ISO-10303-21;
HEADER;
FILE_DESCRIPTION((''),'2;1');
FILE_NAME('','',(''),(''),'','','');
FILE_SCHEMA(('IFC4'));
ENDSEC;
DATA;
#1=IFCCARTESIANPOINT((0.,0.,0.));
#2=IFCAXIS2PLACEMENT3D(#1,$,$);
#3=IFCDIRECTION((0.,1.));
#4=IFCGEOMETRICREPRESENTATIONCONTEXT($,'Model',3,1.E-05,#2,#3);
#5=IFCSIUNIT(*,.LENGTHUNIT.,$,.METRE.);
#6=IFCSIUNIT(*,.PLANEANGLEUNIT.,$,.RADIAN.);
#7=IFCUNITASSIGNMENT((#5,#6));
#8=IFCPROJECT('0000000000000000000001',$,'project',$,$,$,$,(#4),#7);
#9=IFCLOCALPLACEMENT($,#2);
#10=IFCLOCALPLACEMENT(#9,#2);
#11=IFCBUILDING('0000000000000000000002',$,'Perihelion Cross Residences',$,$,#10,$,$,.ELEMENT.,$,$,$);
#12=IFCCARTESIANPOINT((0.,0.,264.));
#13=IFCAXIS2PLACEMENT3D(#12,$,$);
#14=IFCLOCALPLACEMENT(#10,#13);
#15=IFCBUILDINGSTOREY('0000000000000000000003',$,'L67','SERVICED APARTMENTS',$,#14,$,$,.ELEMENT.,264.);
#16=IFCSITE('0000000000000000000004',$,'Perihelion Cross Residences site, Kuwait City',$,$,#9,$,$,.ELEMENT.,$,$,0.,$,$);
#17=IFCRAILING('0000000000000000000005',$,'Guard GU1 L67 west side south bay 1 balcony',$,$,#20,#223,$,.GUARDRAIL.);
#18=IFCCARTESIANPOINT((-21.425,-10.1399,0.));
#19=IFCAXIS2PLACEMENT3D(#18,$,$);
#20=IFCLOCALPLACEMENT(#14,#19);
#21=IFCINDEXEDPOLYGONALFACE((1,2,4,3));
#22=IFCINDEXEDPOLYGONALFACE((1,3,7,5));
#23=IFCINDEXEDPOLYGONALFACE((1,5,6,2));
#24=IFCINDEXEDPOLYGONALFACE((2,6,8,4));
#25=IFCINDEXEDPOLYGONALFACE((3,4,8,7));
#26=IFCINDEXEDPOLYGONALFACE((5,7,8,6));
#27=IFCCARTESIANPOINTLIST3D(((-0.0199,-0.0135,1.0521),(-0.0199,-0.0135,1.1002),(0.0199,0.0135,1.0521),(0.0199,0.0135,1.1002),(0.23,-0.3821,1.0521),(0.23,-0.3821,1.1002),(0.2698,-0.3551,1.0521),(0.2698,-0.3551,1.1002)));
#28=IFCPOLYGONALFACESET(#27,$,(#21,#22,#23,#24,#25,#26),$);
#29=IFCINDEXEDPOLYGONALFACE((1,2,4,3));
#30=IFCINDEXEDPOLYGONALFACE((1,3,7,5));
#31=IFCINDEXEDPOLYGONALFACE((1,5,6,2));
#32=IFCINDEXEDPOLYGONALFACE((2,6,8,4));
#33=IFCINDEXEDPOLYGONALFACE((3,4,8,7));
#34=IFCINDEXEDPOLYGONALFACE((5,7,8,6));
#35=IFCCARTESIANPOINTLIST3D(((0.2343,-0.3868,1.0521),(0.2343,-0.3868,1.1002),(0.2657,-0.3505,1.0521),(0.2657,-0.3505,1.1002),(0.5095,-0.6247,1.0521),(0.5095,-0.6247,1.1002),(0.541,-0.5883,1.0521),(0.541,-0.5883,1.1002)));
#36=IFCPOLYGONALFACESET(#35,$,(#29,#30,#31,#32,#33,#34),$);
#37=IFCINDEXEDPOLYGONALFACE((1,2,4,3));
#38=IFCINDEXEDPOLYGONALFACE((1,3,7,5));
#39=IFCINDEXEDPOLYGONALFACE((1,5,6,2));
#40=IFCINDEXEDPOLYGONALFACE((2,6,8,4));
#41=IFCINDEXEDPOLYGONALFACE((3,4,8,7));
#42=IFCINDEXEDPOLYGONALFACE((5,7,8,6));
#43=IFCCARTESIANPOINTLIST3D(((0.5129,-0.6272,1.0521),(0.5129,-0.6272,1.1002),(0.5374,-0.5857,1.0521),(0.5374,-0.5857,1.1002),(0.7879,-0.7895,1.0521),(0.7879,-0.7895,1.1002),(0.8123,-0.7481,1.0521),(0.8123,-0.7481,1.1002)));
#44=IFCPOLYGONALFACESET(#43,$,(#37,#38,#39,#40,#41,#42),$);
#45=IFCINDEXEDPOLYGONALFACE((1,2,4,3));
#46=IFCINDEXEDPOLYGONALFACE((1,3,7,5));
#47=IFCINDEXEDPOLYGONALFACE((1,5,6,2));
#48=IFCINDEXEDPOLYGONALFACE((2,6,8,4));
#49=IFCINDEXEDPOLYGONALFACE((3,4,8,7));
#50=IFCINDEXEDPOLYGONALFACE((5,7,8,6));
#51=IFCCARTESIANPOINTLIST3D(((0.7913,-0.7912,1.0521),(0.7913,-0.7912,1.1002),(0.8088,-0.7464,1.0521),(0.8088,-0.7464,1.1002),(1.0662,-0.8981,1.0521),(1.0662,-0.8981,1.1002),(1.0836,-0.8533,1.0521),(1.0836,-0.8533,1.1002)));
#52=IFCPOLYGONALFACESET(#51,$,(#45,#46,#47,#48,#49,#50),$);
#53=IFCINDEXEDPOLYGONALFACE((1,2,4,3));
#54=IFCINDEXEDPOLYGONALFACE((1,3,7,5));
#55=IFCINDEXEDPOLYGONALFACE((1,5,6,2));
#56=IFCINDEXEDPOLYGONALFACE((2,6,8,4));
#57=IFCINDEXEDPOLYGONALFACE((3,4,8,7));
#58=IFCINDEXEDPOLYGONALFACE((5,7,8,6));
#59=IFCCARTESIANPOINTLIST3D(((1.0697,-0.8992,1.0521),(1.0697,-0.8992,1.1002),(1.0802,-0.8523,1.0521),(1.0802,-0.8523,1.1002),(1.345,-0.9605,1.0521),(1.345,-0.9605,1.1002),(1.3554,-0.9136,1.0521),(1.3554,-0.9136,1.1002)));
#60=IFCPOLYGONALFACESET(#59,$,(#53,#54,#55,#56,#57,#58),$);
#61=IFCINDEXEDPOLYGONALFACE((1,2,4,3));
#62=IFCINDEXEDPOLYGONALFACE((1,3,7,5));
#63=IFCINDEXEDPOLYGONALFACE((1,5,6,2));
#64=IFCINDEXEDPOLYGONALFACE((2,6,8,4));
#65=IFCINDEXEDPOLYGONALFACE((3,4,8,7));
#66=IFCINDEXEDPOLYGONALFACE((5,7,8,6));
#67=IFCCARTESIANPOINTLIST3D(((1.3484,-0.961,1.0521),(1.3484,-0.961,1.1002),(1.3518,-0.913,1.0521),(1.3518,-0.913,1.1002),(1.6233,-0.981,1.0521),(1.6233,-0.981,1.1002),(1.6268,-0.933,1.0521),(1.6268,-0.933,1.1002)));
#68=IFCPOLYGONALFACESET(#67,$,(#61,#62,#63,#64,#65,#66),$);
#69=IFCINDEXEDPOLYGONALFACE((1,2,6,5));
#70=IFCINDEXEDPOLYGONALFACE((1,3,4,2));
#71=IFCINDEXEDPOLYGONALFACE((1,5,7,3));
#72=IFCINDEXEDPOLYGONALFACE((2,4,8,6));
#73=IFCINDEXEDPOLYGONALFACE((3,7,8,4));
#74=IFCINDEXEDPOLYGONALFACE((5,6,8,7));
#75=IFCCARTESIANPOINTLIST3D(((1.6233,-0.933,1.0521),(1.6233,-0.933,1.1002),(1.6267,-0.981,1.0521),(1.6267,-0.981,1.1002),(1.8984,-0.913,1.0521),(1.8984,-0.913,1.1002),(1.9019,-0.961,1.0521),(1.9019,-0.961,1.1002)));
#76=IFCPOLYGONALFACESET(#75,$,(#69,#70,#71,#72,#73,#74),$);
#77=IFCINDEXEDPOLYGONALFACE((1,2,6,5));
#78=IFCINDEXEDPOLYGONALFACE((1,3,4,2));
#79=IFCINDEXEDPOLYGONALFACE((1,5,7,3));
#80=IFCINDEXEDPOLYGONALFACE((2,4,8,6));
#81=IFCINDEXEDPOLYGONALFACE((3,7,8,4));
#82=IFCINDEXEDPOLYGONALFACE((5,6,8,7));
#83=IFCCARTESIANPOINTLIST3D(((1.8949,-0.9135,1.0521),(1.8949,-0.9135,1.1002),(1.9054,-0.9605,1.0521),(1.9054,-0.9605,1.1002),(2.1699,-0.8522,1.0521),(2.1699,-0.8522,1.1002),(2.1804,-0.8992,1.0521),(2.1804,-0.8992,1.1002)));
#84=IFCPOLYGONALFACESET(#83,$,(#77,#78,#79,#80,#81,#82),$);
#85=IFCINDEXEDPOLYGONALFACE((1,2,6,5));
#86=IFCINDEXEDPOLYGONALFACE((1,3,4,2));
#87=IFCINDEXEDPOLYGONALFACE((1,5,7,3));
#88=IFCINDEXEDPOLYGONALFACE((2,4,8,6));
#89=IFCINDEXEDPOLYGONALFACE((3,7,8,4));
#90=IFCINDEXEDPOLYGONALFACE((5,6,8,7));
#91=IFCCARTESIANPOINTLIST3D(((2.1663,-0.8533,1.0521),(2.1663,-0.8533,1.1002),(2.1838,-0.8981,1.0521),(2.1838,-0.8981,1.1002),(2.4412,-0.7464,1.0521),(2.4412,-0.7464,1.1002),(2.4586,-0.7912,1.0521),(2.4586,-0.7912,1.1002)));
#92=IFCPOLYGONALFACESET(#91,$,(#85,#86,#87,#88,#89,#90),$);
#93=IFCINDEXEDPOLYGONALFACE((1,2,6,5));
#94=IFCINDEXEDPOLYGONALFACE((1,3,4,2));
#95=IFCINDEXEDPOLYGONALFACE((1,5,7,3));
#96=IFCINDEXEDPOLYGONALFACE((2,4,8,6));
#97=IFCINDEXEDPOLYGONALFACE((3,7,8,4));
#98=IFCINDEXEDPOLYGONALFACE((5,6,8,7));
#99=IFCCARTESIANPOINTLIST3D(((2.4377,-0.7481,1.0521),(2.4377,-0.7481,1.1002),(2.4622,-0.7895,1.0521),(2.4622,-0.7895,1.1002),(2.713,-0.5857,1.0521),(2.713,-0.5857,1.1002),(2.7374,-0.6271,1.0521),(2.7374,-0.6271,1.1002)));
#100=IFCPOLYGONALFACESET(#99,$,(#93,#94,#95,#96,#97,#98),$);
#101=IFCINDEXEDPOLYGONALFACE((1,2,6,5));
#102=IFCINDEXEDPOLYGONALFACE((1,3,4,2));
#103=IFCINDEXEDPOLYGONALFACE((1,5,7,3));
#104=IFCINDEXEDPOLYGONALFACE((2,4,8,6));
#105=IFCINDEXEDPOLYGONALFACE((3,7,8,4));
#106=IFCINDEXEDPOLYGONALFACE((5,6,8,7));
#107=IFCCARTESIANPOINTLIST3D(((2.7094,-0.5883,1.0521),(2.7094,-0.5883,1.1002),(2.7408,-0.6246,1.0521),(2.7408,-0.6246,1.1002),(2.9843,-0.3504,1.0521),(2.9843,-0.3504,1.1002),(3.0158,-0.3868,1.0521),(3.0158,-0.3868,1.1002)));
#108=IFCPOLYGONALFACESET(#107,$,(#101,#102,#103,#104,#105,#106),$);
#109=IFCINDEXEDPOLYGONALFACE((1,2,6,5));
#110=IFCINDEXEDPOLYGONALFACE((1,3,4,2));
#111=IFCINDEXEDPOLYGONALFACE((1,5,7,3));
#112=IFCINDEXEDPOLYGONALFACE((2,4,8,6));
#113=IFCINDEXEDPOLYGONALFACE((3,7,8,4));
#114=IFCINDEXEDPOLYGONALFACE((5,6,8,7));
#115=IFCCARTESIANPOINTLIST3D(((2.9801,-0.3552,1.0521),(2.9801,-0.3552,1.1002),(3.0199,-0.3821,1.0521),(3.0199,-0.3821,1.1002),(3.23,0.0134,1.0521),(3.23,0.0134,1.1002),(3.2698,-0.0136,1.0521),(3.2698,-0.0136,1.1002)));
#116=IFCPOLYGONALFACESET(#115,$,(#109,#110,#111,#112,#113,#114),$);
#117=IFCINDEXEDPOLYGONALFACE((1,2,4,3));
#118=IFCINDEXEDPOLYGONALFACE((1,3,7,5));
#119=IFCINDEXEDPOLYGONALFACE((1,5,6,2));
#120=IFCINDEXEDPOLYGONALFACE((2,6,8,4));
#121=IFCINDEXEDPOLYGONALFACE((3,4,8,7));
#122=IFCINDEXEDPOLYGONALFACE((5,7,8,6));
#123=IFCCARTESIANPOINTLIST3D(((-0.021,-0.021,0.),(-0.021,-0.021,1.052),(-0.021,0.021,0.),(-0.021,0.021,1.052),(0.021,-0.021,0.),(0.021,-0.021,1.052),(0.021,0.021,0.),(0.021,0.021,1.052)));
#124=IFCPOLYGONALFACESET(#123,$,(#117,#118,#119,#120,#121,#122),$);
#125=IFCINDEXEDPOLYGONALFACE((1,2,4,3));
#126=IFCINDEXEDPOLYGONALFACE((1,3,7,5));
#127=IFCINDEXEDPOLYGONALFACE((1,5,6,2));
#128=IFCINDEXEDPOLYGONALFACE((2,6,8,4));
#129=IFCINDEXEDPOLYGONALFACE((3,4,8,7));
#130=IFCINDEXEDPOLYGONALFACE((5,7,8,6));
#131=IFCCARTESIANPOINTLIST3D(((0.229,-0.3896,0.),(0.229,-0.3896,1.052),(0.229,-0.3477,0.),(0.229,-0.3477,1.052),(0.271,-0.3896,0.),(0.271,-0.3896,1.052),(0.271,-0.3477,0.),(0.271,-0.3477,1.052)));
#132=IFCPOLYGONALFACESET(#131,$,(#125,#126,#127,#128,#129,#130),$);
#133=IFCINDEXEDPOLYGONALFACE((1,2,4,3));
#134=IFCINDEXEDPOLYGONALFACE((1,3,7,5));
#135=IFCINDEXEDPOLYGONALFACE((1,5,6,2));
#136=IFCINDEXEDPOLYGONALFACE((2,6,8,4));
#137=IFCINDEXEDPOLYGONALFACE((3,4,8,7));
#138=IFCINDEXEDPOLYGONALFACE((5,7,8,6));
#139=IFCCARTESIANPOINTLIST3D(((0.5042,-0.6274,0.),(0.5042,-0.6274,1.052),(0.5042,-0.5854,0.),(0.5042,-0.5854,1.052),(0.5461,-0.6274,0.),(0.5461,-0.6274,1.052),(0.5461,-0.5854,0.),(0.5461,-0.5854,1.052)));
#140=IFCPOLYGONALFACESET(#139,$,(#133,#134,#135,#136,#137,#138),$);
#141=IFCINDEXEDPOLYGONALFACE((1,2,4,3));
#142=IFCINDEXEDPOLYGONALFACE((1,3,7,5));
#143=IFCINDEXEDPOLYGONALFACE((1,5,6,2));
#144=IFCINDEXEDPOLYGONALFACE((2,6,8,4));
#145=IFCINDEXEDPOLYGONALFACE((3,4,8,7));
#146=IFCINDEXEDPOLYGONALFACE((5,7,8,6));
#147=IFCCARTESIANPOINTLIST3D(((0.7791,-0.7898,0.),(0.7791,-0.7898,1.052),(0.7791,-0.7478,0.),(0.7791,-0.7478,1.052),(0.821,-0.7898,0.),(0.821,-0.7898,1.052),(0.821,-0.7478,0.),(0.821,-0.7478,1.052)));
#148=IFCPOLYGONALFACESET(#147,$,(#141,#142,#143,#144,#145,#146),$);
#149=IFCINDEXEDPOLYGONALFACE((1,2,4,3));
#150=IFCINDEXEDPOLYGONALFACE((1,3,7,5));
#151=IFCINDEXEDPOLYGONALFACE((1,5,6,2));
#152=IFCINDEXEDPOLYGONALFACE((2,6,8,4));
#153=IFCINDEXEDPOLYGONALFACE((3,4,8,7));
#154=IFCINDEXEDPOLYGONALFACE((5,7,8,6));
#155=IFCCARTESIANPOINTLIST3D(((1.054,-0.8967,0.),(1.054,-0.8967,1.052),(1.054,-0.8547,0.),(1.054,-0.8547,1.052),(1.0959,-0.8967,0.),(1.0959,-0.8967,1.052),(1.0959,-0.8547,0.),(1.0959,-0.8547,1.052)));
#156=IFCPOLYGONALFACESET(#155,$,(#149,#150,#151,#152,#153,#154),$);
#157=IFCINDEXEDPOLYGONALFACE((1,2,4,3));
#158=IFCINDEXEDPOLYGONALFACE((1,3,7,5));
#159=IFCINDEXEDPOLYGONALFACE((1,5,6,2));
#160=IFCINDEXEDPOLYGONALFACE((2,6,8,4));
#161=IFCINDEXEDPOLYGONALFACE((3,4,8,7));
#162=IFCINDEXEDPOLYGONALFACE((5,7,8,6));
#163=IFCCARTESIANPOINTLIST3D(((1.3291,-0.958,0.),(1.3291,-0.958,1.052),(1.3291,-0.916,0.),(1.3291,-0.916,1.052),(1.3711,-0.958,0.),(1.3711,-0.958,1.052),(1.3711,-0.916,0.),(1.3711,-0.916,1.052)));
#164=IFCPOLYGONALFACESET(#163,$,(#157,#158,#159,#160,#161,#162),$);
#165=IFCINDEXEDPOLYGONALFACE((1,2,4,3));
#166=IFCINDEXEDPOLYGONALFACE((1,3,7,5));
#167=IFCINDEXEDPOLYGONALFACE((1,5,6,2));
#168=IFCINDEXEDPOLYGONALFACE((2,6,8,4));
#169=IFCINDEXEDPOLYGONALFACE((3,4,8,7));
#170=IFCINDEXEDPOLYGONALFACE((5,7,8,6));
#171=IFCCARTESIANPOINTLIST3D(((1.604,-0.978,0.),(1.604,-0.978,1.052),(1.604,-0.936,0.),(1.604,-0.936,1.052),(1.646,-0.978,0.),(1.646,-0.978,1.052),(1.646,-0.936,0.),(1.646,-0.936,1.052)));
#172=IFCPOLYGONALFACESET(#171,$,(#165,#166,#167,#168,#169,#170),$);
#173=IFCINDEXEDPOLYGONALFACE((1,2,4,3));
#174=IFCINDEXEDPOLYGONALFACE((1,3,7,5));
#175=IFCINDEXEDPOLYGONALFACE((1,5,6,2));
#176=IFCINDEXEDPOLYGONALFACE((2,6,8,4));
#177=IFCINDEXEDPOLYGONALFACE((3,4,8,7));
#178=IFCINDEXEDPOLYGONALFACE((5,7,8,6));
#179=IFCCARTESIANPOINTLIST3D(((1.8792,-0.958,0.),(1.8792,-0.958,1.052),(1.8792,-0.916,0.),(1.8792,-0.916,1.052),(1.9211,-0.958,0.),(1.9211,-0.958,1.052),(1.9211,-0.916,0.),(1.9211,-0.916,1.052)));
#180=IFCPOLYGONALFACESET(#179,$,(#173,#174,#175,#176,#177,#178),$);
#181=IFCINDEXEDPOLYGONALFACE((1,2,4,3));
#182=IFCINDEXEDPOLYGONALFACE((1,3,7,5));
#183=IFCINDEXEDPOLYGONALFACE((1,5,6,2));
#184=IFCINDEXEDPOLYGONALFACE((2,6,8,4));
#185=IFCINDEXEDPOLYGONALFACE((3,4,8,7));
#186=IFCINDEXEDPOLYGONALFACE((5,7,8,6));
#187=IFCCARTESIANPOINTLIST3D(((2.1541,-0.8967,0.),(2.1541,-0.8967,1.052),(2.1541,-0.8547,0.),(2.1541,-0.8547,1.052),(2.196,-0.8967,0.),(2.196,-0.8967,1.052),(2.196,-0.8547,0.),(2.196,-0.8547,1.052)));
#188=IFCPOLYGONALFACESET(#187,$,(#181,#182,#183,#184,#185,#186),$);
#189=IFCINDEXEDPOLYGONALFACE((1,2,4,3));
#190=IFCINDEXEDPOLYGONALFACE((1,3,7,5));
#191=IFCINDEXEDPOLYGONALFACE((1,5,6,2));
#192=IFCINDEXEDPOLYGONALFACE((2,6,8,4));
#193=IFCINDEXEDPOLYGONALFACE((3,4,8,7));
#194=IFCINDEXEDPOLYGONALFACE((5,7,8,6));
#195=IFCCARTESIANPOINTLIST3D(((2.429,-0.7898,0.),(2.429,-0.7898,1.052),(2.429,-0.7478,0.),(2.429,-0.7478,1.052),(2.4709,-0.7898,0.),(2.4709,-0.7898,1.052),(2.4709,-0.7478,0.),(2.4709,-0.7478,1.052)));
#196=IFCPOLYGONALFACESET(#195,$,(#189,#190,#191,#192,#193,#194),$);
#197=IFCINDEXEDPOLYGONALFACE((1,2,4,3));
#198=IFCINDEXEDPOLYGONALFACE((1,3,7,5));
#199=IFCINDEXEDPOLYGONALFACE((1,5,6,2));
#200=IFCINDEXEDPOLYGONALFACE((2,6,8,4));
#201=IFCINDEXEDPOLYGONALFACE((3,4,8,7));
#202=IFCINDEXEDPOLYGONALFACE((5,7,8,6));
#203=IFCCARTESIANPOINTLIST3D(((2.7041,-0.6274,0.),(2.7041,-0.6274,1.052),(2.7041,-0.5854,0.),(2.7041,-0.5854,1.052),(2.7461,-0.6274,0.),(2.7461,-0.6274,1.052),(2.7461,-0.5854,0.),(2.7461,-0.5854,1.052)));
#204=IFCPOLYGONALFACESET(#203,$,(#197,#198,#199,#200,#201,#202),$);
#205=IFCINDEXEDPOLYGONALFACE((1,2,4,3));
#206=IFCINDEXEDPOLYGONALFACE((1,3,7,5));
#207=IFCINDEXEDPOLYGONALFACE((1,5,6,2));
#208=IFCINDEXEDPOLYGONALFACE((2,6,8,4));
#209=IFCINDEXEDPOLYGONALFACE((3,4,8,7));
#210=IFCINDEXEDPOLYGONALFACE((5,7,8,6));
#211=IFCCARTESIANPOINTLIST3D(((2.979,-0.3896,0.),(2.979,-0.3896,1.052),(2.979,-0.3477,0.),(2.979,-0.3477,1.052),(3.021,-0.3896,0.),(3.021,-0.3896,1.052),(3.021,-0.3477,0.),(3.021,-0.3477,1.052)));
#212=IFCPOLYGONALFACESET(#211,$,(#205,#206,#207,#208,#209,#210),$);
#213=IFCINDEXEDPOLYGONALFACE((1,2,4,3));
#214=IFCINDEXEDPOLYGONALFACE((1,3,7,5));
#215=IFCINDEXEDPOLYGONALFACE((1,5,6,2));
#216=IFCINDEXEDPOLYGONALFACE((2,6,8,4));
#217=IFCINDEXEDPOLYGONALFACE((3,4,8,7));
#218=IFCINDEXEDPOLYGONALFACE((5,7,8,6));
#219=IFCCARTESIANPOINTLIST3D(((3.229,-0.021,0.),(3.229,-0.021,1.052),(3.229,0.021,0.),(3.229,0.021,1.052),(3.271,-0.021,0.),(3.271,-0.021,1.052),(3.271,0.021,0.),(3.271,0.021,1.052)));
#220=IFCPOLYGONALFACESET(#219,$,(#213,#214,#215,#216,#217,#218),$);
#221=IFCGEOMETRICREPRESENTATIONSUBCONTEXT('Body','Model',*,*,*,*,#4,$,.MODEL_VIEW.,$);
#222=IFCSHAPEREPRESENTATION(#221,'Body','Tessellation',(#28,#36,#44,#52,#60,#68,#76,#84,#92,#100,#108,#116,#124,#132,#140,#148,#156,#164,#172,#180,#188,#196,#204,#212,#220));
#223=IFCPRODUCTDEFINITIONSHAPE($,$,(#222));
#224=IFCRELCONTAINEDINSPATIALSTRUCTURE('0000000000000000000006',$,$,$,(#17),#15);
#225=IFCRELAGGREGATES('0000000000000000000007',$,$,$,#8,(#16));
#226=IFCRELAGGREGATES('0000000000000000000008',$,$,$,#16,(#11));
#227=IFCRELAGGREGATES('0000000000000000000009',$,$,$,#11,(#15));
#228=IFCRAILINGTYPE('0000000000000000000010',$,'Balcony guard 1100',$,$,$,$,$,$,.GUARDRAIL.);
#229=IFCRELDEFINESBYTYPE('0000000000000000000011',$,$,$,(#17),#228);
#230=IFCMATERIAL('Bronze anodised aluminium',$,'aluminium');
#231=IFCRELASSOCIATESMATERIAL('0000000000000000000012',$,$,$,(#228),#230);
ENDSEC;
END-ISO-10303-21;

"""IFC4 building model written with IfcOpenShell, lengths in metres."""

from ifc_helpers import new_model, si_unit, direction, frame, origin, origin_2d, place, context, subcontext, project, spatial, rectangle, extrude, material, type_object, element, save


model = new_model("IFC4")

# Units and contexts
model_context = context("Model", 3, precision=1e-05, world=origin(), true_north=direction((0.0, 1.0)))
body_context = subcontext(model_context, "Body", "Model", "MODEL_VIEW")
ifc_project = project(units=[si_unit("LENGTHUNIT", "METRE"), si_unit("PLANEANGLEUNIT", "RADIAN")], contexts=[model_context])

# Site, building, storey
site_placement = place(None, origin())
site = spatial("IfcSite", under=ifc_project, at=site_placement, Name="Perihelion Cross Residences site, Kuwait City", CompositionType="ELEMENT", RefElevation=0.0)
building_placement = place(site_placement, origin())
building = spatial("IfcBuilding", under=site, at=building_placement, Name="Perihelion Cross Residences", CompositionType="ELEMENT")
storey_placement = place(building_placement, frame((0.0, 0.0, 264.0)))
storey = spatial("IfcBuildingStorey", under=building, at=storey_placement, Name="L67", Description="SERVICED APARTMENTS", CompositionType="ELEMENT", Elevation=264.0)

# Railing
ifc_material_1 = material(Name="Bronze anodised aluminium", Category="aluminium")
railing_type_1 = type_object("IfcRailingType", Name="Balcony guard 1100", PredefinedType="GUARDRAIL", material=ifc_material_1)
railing_1_placement = place(storey_placement, frame((-21.425, -10.1399, 0.0)))
element("IfcRailing", 1, at=railing_1_placement, inside=storey, type_object=railing_type_1, Name="Guard GU1 L67 west side south bay 1 balcony", PredefinedType="GUARDRAIL", context=body_context, shape_type="SweptSolid", body=[
    extrude(rectangle(XDim=0.0481, YDim=0.0481, at=origin_2d()), frame((0.0, 0.0, 1.0762), z_axis=(0.56126, -0.827639, 0.0), x_axis=(0.827639, 0.56126, 0.0)), (0.0, 0.0, 1.0), 0.4453),
    extrude(rectangle(XDim=0.0481, YDim=0.0481, at=origin_2d()), frame((0.25, -0.3687, 1.0762), z_axis=(0.756597, -0.653882, 0.0), x_axis=(0.653882, 0.756597, 0.0)), (0.0, 0.0, 1.0), 0.3638),
    extrude(rectangle(XDim=0.0481, YDim=0.0481, at=origin_2d()), frame((0.5251, -0.6064, 1.0762), z_axis=(0.861048, -0.508523, 0.0), x_axis=(0.508523, 0.861048, 0.0)), (0.0, 0.0, 1.0), 0.3193),
    extrude(rectangle(XDim=0.0481, YDim=0.0481, at=origin_2d()), frame((0.8, -0.7688, 1.0762), z_axis=(0.931974, -0.362526, 0.0), x_axis=(0.362526, 0.931974, 0.0)), (0.0, 0.0, 1.0), 0.2949),
    extrude(rectangle(XDim=0.0481, YDim=0.0481, at=origin_2d()), frame((1.075, -0.8757, 1.0762), z_axis=(0.976085, -0.217389, 0.0), x_axis=(0.217389, 0.976085, 0.0)), (0.0, 0.0, 1.0), 0.282),
    extrude(rectangle(XDim=0.0481, YDim=0.0481, at=origin_2d()), frame((1.3501, -0.937, 1.0762), z_axis=(0.997359, -0.072632, 0.0), x_axis=(0.072632, 0.997359, 0.0)), (0.0, 0.0, 1.0), 0.2756),
    extrude(rectangle(XDim=0.0481, YDim=0.0481, at=origin_2d()), frame((1.625, -0.957, 1.0762), z_axis=(0.997363, 0.072568, 0.0), x_axis=(-0.072568, 0.997363, 0.0)), (0.0, 0.0, 1.0), 0.2759),
    extrude(rectangle(XDim=0.0481, YDim=0.0481, at=origin_2d()), frame((1.9001, -0.937, 1.0762), z_axis=(0.976044, 0.217573, 0.0), x_axis=(-0.217573, 0.976044, 0.0)), (0.0, 0.0, 1.0), 0.2817),
    extrude(rectangle(XDim=0.0481, YDim=0.0481, at=origin_2d()), frame((2.175, -0.8757, 1.0762), z_axis=(0.931974, 0.362526, 0.0), x_axis=(-0.362526, 0.931974, 0.0)), (0.0, 0.0, 1.0), 0.2949),
    extrude(rectangle(XDim=0.0481, YDim=0.0481, at=origin_2d()), frame((2.45, -0.7688, 1.0762), z_axis=(0.861246, 0.508189, 0.0), x_axis=(-0.508189, 0.861246, 0.0)), (0.0, 0.0, 1.0), 0.3196),
    extrude(rectangle(XDim=0.0481, YDim=0.0481, at=origin_2d()), frame((2.7251, -0.6064, 1.0762), z_axis=(0.756309, 0.654214, 0.0), x_axis=(-0.654214, 0.756309, 0.0)), (0.0, 0.0, 1.0), 0.3635),
    extrude(rectangle(XDim=0.0481, YDim=0.0481, at=origin_2d()), frame((3.0, -0.3687, 1.0762), z_axis=(0.56126, 0.827639, 0.0), x_axis=(-0.827639, 0.56126, 0.0)), (0.0, 0.0, 1.0), 0.4453),
    extrude(rectangle(XDim=0.042, YDim=0.042, at=origin_2d()), origin(), (0.0, 0.0, 1.0), 1.052),
    extrude(rectangle(XDim=0.042, YDim=0.042, at=origin_2d()), frame((0.25, -0.3687, 0.0)), (0.0, 0.0, 1.0), 1.052),
    extrude(rectangle(XDim=0.042, YDim=0.042, at=origin_2d()), frame((0.5251, -0.6064, 0.0)), (0.0, 0.0, 1.0), 1.052),
    extrude(rectangle(XDim=0.042, YDim=0.042, at=origin_2d()), frame((0.8, -0.7688, 0.0)), (0.0, 0.0, 1.0), 1.052),
    extrude(rectangle(XDim=0.042, YDim=0.042, at=origin_2d()), frame((1.075, -0.8757, 0.0)), (0.0, 0.0, 1.0), 1.052),
    extrude(rectangle(XDim=0.042, YDim=0.042, at=origin_2d()), frame((1.3501, -0.937, 0.0)), (0.0, 0.0, 1.0), 1.052),
    extrude(rectangle(XDim=0.042, YDim=0.042, at=origin_2d()), frame((1.625, -0.957, 0.0)), (0.0, 0.0, 1.0), 1.052),
    extrude(rectangle(XDim=0.042, YDim=0.042, at=origin_2d()), frame((1.9001, -0.937, 0.0)), (0.0, 0.0, 1.0), 1.052),
    extrude(rectangle(XDim=0.042, YDim=0.042, at=origin_2d()), frame((2.175, -0.8757, 0.0)), (0.0, 0.0, 1.0), 1.052),
    extrude(rectangle(XDim=0.042, YDim=0.042, at=origin_2d()), frame((2.45, -0.7688, 0.0)), (0.0, 0.0, 1.0), 1.052),
    extrude(rectangle(XDim=0.042, YDim=0.042, at=origin_2d()), frame((2.7251, -0.6064, 0.0)), (0.0, 0.0, 1.0), 1.052),
    extrude(rectangle(XDim=0.042, YDim=0.042, at=origin_2d()), frame((3.0, -0.3687, 0.0)), (0.0, 0.0, 1.0), 1.052),
    extrude(rectangle(XDim=0.042, YDim=0.042, at=origin_2d()), frame((3.25, 0.0, 0.0)), (0.0, 0.0, 1.0), 1.052),
])

save(model, "model.ifc")
